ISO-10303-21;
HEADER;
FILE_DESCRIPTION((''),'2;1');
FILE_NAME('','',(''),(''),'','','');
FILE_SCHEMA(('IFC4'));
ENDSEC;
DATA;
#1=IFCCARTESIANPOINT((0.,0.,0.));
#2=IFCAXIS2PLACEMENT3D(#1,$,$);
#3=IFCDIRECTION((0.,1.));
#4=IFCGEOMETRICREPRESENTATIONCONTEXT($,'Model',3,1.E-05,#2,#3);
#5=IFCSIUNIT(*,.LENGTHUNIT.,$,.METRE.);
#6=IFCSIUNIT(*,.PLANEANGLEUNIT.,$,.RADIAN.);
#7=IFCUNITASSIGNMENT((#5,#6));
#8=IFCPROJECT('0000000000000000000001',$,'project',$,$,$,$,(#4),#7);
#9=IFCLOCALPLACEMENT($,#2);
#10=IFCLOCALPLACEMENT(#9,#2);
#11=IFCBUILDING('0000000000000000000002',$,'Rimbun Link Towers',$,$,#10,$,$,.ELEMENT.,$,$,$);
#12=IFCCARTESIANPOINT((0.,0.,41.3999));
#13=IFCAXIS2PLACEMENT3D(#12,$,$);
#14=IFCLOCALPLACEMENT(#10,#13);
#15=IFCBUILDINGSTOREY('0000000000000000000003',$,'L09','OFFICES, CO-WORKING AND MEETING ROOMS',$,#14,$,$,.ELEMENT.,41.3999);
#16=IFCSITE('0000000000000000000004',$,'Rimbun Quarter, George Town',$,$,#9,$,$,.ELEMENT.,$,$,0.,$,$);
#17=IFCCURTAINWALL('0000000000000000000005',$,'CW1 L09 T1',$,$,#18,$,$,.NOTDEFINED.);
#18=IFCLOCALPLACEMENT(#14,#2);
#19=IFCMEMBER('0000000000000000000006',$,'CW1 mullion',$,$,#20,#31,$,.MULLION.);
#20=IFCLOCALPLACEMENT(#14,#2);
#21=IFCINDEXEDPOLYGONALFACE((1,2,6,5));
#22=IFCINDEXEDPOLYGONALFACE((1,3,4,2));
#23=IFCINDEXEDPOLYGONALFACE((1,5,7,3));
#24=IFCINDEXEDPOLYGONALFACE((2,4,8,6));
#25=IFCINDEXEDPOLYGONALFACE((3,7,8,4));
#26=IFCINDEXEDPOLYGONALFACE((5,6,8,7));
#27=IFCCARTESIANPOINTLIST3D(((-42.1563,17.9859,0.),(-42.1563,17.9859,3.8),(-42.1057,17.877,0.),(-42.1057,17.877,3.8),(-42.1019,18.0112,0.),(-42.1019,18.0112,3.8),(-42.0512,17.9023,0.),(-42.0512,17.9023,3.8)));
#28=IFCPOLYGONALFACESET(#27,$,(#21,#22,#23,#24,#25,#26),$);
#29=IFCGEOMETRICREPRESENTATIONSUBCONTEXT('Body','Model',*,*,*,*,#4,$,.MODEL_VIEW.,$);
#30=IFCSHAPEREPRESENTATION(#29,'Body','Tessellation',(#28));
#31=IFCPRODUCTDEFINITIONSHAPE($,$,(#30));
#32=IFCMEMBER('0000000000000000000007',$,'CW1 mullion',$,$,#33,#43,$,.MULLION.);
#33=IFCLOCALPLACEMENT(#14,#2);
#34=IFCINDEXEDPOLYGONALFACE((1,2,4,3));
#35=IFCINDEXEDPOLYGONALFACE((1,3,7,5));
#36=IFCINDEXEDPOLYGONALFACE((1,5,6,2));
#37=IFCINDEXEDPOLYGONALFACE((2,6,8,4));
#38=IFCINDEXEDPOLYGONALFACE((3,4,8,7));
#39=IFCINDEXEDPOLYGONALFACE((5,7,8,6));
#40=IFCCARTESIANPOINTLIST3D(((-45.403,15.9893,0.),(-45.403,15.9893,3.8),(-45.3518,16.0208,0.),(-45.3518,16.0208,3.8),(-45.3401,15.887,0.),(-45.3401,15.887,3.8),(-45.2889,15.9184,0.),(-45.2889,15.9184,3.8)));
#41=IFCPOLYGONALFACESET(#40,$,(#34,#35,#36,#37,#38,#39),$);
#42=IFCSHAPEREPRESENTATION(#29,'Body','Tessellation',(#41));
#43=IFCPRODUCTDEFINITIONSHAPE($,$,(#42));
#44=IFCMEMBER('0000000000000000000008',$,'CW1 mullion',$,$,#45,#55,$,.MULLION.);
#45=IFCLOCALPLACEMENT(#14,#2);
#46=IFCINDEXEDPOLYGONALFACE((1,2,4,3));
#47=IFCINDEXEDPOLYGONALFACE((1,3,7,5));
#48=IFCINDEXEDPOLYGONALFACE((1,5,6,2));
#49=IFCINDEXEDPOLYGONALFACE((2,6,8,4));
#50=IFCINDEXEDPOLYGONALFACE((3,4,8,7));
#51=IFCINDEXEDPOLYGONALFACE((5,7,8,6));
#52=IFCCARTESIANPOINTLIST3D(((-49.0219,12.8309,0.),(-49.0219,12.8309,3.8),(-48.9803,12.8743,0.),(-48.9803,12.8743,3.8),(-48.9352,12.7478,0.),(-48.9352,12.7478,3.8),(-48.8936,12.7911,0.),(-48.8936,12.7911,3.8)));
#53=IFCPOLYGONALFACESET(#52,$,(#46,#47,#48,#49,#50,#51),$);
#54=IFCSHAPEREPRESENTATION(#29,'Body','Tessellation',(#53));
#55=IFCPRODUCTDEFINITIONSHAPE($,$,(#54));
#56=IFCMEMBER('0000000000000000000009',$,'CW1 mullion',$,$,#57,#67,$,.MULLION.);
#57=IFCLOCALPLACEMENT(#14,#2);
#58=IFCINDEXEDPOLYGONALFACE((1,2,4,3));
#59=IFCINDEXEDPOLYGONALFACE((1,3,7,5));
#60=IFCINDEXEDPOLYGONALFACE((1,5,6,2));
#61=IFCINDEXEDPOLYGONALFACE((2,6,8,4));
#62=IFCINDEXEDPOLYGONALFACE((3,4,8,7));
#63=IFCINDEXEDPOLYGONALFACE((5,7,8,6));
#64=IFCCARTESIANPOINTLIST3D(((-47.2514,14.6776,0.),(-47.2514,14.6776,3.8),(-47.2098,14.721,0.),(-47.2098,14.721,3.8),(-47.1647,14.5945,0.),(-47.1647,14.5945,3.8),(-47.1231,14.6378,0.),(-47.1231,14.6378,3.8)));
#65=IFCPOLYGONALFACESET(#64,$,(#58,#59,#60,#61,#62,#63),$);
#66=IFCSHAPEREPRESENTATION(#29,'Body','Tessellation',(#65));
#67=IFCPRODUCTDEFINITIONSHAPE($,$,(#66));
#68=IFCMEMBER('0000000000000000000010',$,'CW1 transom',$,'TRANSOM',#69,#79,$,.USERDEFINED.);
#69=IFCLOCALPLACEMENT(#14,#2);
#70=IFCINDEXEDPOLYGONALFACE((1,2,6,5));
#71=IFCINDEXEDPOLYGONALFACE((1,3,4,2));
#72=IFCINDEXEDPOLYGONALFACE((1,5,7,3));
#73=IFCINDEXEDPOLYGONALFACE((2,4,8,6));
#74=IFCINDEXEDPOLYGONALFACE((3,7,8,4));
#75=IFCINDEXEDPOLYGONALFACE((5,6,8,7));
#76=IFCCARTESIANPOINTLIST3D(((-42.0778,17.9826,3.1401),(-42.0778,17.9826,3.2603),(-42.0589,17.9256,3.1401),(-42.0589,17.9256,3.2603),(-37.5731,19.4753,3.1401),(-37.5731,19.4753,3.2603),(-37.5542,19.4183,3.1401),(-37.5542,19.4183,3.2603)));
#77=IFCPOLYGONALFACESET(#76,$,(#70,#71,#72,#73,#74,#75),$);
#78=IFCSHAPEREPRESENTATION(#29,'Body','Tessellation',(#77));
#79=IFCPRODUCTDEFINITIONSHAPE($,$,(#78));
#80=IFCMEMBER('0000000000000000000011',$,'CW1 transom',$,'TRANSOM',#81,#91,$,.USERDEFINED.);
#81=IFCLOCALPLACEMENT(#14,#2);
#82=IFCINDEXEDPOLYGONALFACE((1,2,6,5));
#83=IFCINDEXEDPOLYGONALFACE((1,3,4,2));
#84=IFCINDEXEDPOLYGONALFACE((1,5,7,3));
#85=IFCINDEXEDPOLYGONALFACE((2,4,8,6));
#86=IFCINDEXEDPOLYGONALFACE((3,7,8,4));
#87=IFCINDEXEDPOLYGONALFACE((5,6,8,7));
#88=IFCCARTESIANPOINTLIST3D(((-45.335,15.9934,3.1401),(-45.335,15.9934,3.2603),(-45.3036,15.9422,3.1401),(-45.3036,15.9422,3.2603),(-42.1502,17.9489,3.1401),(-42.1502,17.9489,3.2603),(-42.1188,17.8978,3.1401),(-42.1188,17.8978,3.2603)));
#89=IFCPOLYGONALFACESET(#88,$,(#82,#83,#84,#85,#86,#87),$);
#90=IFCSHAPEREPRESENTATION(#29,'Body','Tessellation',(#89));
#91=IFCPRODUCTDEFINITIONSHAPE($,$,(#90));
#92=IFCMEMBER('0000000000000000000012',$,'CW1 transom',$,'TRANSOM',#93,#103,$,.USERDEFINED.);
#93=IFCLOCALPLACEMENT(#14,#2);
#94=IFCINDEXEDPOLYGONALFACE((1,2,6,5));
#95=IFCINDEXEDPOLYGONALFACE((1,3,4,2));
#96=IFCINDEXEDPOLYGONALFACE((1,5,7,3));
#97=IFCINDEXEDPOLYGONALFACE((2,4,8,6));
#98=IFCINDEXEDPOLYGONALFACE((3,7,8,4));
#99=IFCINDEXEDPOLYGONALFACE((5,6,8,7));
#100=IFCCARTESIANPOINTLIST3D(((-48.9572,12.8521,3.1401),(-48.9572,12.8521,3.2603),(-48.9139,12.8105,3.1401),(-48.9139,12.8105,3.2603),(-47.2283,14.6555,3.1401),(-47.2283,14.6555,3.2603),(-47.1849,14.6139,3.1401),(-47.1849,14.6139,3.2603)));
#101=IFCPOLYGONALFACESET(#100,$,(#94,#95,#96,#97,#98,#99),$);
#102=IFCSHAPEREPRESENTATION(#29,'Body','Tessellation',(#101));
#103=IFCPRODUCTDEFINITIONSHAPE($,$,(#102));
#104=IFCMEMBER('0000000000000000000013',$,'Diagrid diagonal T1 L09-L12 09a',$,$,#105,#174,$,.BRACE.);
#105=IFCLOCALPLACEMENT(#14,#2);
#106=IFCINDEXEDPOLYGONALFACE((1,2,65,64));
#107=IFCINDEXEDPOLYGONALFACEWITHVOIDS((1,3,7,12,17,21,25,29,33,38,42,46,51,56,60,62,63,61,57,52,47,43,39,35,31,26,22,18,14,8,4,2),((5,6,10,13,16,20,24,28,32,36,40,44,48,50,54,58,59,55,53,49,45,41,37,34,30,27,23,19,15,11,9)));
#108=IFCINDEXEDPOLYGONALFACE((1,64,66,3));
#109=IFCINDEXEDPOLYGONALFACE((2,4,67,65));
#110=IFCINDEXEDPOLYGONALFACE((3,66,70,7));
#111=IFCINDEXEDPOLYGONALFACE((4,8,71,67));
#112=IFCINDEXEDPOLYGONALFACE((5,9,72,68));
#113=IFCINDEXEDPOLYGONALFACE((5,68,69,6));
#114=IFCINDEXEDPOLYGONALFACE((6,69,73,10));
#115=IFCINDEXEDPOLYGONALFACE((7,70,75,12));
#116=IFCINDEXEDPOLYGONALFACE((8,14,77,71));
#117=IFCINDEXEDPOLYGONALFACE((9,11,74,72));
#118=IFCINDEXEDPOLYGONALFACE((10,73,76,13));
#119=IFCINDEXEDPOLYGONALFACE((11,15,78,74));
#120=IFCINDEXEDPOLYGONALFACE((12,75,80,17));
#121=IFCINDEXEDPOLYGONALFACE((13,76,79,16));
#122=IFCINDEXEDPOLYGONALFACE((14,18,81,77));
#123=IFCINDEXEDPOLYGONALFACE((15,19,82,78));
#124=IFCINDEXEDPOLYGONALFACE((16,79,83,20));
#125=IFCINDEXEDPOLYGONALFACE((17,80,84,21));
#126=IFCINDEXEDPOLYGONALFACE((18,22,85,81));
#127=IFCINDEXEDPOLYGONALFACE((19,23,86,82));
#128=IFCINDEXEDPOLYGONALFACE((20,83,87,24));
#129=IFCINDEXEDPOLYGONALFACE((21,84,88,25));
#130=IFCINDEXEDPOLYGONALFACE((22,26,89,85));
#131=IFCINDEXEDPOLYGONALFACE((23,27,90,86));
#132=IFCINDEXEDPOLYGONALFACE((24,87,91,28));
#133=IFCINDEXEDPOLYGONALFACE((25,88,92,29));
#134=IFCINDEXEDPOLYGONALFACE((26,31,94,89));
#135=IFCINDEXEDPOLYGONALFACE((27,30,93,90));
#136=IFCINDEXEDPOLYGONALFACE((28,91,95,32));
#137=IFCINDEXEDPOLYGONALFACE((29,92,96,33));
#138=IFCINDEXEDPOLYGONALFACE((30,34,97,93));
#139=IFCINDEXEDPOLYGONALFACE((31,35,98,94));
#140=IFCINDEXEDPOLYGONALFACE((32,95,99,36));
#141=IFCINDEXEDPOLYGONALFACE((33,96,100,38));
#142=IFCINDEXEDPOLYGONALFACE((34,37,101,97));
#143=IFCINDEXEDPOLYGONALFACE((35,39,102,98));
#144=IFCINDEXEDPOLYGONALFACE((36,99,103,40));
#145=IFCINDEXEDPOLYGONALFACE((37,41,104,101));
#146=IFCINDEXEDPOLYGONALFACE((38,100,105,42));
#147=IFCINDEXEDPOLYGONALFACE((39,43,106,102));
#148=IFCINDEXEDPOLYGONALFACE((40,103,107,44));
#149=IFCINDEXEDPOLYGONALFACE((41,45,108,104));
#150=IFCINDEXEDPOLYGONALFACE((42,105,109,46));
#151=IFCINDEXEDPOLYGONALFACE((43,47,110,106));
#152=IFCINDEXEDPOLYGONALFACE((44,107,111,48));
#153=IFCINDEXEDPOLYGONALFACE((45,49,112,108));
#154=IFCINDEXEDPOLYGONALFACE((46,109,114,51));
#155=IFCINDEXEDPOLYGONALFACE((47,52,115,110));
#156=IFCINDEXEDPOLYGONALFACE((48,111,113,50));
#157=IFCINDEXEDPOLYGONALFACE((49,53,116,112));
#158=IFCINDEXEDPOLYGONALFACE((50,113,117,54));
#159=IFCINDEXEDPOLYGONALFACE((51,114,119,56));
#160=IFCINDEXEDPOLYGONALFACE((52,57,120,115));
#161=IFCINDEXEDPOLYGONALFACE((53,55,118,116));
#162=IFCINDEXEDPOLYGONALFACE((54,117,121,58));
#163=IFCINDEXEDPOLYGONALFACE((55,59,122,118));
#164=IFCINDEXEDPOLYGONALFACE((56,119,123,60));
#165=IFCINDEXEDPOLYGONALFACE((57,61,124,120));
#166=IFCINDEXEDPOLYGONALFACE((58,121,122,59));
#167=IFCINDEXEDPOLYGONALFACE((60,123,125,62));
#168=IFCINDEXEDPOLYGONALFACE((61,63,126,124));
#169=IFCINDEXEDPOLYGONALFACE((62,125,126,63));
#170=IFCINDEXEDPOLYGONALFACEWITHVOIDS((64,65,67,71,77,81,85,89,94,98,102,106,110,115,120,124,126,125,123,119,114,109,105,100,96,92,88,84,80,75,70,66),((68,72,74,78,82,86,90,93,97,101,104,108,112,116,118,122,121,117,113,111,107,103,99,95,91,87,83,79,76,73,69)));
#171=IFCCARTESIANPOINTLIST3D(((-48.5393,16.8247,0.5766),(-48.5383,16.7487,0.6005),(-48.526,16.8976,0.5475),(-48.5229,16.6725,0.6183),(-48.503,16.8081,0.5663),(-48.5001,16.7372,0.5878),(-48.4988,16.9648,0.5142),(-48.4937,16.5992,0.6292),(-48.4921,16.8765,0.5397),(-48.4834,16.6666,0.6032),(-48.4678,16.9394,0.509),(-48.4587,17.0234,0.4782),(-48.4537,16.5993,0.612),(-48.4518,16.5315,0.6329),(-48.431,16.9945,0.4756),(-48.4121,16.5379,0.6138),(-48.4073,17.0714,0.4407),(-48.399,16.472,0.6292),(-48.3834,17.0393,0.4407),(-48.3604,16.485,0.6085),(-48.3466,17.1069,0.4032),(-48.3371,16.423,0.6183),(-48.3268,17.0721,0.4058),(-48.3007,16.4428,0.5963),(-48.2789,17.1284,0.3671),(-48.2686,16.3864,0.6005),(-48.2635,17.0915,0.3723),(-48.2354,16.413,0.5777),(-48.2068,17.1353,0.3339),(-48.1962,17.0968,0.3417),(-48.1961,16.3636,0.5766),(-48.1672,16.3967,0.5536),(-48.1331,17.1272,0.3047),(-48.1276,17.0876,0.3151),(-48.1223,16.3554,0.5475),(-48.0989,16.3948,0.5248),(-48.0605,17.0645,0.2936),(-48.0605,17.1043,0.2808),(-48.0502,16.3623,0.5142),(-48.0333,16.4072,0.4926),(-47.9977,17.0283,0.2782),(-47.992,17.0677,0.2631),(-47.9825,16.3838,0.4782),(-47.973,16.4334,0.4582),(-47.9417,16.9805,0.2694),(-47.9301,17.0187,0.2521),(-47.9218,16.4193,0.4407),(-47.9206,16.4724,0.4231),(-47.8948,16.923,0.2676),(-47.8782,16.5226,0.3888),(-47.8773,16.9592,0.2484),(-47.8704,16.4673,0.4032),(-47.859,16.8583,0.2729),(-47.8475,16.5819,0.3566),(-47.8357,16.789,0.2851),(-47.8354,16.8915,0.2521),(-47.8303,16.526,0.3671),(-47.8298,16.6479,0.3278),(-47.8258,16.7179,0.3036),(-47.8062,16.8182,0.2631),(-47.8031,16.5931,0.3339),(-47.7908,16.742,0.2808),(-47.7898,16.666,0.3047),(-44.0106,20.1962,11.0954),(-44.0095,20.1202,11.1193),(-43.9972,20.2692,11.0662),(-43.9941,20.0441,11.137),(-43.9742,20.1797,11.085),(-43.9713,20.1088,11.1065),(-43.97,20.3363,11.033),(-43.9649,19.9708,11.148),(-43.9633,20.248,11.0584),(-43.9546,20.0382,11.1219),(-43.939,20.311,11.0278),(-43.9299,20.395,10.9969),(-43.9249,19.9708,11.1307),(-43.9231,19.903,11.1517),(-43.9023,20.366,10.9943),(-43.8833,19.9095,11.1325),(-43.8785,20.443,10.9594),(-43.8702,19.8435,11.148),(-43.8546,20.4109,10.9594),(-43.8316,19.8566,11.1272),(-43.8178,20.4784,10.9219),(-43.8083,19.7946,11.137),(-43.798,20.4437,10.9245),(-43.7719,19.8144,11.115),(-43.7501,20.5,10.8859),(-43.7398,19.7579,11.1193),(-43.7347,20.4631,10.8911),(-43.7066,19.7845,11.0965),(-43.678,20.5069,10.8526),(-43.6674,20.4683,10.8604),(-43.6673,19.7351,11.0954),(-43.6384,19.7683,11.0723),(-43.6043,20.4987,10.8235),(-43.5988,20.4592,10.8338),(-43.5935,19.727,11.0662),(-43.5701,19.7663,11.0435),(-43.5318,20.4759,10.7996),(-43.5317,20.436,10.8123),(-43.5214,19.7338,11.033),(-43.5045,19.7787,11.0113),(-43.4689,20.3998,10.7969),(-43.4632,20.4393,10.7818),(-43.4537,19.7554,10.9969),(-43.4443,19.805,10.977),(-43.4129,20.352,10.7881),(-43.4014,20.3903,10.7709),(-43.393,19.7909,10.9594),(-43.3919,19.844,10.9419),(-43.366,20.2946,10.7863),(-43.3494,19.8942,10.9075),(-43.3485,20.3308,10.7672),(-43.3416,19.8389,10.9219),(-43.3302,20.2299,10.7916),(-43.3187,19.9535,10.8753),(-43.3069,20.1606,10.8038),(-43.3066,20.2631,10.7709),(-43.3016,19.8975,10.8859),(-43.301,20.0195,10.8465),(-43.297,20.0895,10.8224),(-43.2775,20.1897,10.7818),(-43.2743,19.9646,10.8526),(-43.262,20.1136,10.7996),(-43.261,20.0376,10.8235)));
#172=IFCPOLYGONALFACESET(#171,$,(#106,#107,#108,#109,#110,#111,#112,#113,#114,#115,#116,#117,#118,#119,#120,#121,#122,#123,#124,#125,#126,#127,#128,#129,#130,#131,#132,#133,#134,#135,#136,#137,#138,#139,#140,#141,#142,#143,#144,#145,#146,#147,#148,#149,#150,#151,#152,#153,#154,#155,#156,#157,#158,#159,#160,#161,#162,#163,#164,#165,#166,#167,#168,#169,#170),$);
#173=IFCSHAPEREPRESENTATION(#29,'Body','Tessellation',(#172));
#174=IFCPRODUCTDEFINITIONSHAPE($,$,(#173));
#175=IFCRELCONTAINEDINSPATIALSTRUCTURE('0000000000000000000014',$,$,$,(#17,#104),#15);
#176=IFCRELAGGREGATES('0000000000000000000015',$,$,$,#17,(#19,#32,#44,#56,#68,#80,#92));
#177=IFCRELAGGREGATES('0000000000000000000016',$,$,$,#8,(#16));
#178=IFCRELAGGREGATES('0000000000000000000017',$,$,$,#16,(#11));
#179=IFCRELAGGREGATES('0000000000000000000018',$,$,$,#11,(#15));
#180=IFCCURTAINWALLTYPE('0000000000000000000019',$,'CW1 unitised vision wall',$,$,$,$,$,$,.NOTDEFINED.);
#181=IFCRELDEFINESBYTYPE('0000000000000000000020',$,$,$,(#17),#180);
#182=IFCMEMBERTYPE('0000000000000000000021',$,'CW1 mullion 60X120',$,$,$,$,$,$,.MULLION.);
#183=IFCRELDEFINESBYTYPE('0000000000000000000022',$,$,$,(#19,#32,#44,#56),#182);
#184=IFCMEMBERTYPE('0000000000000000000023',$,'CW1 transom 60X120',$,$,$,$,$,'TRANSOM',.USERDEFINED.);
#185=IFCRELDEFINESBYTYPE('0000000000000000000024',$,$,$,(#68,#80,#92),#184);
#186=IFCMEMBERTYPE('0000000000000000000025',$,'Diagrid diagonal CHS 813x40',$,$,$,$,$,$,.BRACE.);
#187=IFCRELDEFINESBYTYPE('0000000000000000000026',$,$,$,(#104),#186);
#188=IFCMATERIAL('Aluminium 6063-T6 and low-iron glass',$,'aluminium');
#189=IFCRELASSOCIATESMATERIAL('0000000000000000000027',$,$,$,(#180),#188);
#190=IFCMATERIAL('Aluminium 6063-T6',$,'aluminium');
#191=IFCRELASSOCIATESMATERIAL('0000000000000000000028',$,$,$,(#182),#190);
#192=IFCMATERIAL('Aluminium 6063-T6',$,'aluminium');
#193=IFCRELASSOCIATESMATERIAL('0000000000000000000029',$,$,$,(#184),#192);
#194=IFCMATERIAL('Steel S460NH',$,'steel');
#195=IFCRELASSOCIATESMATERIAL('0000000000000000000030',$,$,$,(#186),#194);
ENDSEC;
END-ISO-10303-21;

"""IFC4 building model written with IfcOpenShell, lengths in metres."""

from ifc_helpers import new_model, si_unit, direction, frame, origin, origin_2d, place, context, subcontext, project, spatial, rectangle, hollow_circle, extrude, material, material_profile, profile_set, type_object, element, aggregate, save


model = new_model("IFC4")

# Units and contexts
model_context = context("Model", 3, precision=1e-05, world=origin(), true_north=direction((0.0, 1.0)))
body_context = subcontext(model_context, "Body", "Model", "MODEL_VIEW")
ifc_project = project(units=[si_unit("LENGTHUNIT", "METRE"), si_unit("PLANEANGLEUNIT", "RADIAN")], contexts=[model_context])

# Site, building, storey
site_placement = place(None, origin())
site = spatial("IfcSite", under=ifc_project, at=site_placement, Name="Rimbun Quarter, George Town", CompositionType="ELEMENT", RefElevation=0.0)
building_placement = place(site_placement, origin())
building = spatial("IfcBuilding", under=site, at=building_placement, Name="Rimbun Link Towers", CompositionType="ELEMENT")
storey_placement = place(building_placement, frame((0.0, 0.0, 41.3999)))
storey = spatial("IfcBuildingStorey", under=building, at=storey_placement, Name="L09", Description="OFFICES, CO-WORKING AND MEETING ROOMS", CompositionType="ELEMENT", Elevation=41.3999)

# Curtain wall, members
ifc_material_1 = material(Name="Aluminium 6063-T6 and low-iron glass", Category="aluminium")
curtain_wall_type = type_object("IfcCurtainWallType", Name="CW1 unitised vision wall", PredefinedType="NOTDEFINED", material=ifc_material_1)
curtain_wall_placement = place(storey_placement, origin())
curtain_wall = element("IfcCurtainWall", 1, at=curtain_wall_placement, inside=storey, type_object=curtain_wall_type, Name="CW1 L09 T1", PredefinedType="NOTDEFINED")
ifc_material_2 = material(Name="Aluminium 6063-T6", Category="aluminium")
ifc_material_profile_1 = material_profile(ifc_material_2, rectangle(XDim=0.1201, YDim=0.0601, at=origin_2d()), Name="MULLION 60X120")
ifc_profile_set_1 = profile_set([ifc_material_profile_1], Name="Aluminium 6063-T6")
member_type_1 = type_object("IfcMemberType", Name="CW1 mullion 60X120", PredefinedType="MULLION", material=ifc_profile_set_1)
member_1_placement = place(storey_placement, frame((-42.1038, 17.9441, 0.0), z_axis=(0.0, 0.0, 1.0), x_axis=(-0.421701, 0.906735, 0.0)))
member_1 = element("IfcMember", 2, at=member_1_placement, type_object=member_type_1, Name="CW1 mullion", PredefinedType="MULLION", context=body_context, shape_type="SweptSolid", body=[
    extrude(rectangle(XDim=0.1201, YDim=0.0601, at=origin_2d()), origin(), (0.0, 0.0, 1.0), 3.8),
])
member_2_placement = place(storey_placement, frame((-45.3459, 15.9539, 0.0), z_axis=(0.0, 0.0, 1.0), x_axis=(-0.523241, 0.852185, 0.0)))
member_2 = element("IfcMember", 3, at=member_2_placement, type_object=member_type_1, Name="CW1 mullion", PredefinedType="MULLION", context=body_context, shape_type="SweptSolid", body=[
    extrude(rectangle(XDim=0.1201, YDim=0.0601, at=origin_2d()), origin(), (0.0, 0.0, 1.0), 3.8),
])
member_3_placement = place(storey_placement, frame((-48.9578, 12.811, 0.0), z_axis=(0.0, 0.0, 1.0), x_axis=(-0.721848, 0.692052, 0.0)))
member_3 = element("IfcMember", 4, at=member_3_placement, type_object=member_type_1, Name="CW1 mullion", PredefinedType="MULLION", context=body_context, shape_type="SweptSolid", body=[
    extrude(rectangle(XDim=0.1201, YDim=0.0601, at=origin_2d()), origin(), (0.0, 0.0, 1.0), 3.8),
])
member_4_placement = place(storey_placement, frame((-47.1873, 14.6577, 0.0), z_axis=(0.0, 0.0, 1.0), x_axis=(-0.721848, 0.692052, 0.0)))
member_4 = element("IfcMember", 5, at=member_4_placement, type_object=member_type_1, Name="CW1 mullion", PredefinedType="MULLION", context=body_context, shape_type="SweptSolid", body=[
    extrude(rectangle(XDim=0.1201, YDim=0.0601, at=origin_2d()), origin(), (0.0, 0.0, 1.0), 3.8),
])
ifc_material_3 = material(Name="Aluminium 6063-T6", Category="aluminium")
ifc_material_profile_2 = material_profile(ifc_material_3, rectangle(XDim=0.0601, YDim=0.1201, at=origin_2d()), Name="TRANSOM 60X120")
ifc_profile_set_2 = profile_set([ifc_material_profile_2], Name="Aluminium 6063-T6")
member_type_2 = type_object("IfcMemberType", Name="CW1 transom 60X120", ElementType="TRANSOM", PredefinedType="USERDEFINED", material=ifc_profile_set_2)
member_5_placement = place(storey_placement, frame((-42.0684, 17.9541, 3.2002), z_axis=(0.949243, 0.314545, 0.0), x_axis=(-0.314545, 0.949243, 0.0)))
member_5 = element("IfcMember", 6, at=member_5_placement, type_object=member_type_2, Name="CW1 transom", ObjectType="TRANSOM", PredefinedType="USERDEFINED", context=body_context, shape_type="SweptSolid", body=[
    extrude(rectangle(XDim=0.0601, YDim=0.1201, at=origin_2d()), origin(), (0.0, 0.0, 1.0), 4.7456),
])
member_6_placement = place(storey_placement, frame((-45.3193, 15.9678, 3.2002), z_axis=(0.852174, 0.523259, 0.0), x_axis=(-0.523259, 0.852174, 0.0)))
member_6 = element("IfcMember", 7, at=member_6_placement, type_object=member_type_2, Name="CW1 transom", ObjectType="TRANSOM", PredefinedType="USERDEFINED", context=body_context, shape_type="SweptSolid", body=[
    extrude(rectangle(XDim=0.0601, YDim=0.1201, at=origin_2d()), origin(), (0.0, 0.0, 1.0), 3.7373),
])
member_7_placement = place(storey_placement, frame((-48.9355, 12.8313, 3.2002), z_axis=(0.692048, 0.721852, 0.0), x_axis=(-0.721852, 0.692048, 0.0)))
member_7 = element("IfcMember", 8, at=member_7_placement, type_object=member_type_2, Name="CW1 transom", ObjectType="TRANSOM", PredefinedType="USERDEFINED", context=body_context, shape_type="SweptSolid", body=[
    extrude(rectangle(XDim=0.0601, YDim=0.1201, at=origin_2d()), origin(), (0.0, 0.0, 1.0), 2.4983),
])

# Member
ifc_material_4 = material(Name="Steel S460NH", Category="steel")
ifc_material_profile_3 = material_profile(ifc_material_4, hollow_circle(Radius=0.4065, WallThickness=0.04, at=origin_2d()), Name="Diagrid diagonal CHS 813x40")
ifc_profile_set_3 = profile_set([ifc_material_profile_3], Name="Steel S460NH")
member_type_3 = type_object("IfcMemberType", Name="Diagrid diagonal CHS 813x40", PredefinedType="BRACE", material=ifc_profile_set_3)
member_8_placement = place(storey_placement, frame((-48.1646, 16.7454, 0.4407), z_axis=(0.379351, 0.282417, 0.881098), x_axis=(-0.59716, 0.802122, 0.0)))
element("IfcMember", 9, at=member_8_placement, inside=storey, type_object=member_type_3, Name="Diagrid diagonal T1 L09-L12 09a", PredefinedType="BRACE", context=body_context, shape_type="SweptSolid", body=[
    extrude(hollow_circle(Radius=0.4065, WallThickness=0.04, at=origin_2d()), origin(), (0.0, 0.0, 1.0), 11.9382),
])

aggregate(curtain_wall, [member_1, member_2, member_3, member_4, member_5, member_6, member_7])

save(model, "model.ifc")
